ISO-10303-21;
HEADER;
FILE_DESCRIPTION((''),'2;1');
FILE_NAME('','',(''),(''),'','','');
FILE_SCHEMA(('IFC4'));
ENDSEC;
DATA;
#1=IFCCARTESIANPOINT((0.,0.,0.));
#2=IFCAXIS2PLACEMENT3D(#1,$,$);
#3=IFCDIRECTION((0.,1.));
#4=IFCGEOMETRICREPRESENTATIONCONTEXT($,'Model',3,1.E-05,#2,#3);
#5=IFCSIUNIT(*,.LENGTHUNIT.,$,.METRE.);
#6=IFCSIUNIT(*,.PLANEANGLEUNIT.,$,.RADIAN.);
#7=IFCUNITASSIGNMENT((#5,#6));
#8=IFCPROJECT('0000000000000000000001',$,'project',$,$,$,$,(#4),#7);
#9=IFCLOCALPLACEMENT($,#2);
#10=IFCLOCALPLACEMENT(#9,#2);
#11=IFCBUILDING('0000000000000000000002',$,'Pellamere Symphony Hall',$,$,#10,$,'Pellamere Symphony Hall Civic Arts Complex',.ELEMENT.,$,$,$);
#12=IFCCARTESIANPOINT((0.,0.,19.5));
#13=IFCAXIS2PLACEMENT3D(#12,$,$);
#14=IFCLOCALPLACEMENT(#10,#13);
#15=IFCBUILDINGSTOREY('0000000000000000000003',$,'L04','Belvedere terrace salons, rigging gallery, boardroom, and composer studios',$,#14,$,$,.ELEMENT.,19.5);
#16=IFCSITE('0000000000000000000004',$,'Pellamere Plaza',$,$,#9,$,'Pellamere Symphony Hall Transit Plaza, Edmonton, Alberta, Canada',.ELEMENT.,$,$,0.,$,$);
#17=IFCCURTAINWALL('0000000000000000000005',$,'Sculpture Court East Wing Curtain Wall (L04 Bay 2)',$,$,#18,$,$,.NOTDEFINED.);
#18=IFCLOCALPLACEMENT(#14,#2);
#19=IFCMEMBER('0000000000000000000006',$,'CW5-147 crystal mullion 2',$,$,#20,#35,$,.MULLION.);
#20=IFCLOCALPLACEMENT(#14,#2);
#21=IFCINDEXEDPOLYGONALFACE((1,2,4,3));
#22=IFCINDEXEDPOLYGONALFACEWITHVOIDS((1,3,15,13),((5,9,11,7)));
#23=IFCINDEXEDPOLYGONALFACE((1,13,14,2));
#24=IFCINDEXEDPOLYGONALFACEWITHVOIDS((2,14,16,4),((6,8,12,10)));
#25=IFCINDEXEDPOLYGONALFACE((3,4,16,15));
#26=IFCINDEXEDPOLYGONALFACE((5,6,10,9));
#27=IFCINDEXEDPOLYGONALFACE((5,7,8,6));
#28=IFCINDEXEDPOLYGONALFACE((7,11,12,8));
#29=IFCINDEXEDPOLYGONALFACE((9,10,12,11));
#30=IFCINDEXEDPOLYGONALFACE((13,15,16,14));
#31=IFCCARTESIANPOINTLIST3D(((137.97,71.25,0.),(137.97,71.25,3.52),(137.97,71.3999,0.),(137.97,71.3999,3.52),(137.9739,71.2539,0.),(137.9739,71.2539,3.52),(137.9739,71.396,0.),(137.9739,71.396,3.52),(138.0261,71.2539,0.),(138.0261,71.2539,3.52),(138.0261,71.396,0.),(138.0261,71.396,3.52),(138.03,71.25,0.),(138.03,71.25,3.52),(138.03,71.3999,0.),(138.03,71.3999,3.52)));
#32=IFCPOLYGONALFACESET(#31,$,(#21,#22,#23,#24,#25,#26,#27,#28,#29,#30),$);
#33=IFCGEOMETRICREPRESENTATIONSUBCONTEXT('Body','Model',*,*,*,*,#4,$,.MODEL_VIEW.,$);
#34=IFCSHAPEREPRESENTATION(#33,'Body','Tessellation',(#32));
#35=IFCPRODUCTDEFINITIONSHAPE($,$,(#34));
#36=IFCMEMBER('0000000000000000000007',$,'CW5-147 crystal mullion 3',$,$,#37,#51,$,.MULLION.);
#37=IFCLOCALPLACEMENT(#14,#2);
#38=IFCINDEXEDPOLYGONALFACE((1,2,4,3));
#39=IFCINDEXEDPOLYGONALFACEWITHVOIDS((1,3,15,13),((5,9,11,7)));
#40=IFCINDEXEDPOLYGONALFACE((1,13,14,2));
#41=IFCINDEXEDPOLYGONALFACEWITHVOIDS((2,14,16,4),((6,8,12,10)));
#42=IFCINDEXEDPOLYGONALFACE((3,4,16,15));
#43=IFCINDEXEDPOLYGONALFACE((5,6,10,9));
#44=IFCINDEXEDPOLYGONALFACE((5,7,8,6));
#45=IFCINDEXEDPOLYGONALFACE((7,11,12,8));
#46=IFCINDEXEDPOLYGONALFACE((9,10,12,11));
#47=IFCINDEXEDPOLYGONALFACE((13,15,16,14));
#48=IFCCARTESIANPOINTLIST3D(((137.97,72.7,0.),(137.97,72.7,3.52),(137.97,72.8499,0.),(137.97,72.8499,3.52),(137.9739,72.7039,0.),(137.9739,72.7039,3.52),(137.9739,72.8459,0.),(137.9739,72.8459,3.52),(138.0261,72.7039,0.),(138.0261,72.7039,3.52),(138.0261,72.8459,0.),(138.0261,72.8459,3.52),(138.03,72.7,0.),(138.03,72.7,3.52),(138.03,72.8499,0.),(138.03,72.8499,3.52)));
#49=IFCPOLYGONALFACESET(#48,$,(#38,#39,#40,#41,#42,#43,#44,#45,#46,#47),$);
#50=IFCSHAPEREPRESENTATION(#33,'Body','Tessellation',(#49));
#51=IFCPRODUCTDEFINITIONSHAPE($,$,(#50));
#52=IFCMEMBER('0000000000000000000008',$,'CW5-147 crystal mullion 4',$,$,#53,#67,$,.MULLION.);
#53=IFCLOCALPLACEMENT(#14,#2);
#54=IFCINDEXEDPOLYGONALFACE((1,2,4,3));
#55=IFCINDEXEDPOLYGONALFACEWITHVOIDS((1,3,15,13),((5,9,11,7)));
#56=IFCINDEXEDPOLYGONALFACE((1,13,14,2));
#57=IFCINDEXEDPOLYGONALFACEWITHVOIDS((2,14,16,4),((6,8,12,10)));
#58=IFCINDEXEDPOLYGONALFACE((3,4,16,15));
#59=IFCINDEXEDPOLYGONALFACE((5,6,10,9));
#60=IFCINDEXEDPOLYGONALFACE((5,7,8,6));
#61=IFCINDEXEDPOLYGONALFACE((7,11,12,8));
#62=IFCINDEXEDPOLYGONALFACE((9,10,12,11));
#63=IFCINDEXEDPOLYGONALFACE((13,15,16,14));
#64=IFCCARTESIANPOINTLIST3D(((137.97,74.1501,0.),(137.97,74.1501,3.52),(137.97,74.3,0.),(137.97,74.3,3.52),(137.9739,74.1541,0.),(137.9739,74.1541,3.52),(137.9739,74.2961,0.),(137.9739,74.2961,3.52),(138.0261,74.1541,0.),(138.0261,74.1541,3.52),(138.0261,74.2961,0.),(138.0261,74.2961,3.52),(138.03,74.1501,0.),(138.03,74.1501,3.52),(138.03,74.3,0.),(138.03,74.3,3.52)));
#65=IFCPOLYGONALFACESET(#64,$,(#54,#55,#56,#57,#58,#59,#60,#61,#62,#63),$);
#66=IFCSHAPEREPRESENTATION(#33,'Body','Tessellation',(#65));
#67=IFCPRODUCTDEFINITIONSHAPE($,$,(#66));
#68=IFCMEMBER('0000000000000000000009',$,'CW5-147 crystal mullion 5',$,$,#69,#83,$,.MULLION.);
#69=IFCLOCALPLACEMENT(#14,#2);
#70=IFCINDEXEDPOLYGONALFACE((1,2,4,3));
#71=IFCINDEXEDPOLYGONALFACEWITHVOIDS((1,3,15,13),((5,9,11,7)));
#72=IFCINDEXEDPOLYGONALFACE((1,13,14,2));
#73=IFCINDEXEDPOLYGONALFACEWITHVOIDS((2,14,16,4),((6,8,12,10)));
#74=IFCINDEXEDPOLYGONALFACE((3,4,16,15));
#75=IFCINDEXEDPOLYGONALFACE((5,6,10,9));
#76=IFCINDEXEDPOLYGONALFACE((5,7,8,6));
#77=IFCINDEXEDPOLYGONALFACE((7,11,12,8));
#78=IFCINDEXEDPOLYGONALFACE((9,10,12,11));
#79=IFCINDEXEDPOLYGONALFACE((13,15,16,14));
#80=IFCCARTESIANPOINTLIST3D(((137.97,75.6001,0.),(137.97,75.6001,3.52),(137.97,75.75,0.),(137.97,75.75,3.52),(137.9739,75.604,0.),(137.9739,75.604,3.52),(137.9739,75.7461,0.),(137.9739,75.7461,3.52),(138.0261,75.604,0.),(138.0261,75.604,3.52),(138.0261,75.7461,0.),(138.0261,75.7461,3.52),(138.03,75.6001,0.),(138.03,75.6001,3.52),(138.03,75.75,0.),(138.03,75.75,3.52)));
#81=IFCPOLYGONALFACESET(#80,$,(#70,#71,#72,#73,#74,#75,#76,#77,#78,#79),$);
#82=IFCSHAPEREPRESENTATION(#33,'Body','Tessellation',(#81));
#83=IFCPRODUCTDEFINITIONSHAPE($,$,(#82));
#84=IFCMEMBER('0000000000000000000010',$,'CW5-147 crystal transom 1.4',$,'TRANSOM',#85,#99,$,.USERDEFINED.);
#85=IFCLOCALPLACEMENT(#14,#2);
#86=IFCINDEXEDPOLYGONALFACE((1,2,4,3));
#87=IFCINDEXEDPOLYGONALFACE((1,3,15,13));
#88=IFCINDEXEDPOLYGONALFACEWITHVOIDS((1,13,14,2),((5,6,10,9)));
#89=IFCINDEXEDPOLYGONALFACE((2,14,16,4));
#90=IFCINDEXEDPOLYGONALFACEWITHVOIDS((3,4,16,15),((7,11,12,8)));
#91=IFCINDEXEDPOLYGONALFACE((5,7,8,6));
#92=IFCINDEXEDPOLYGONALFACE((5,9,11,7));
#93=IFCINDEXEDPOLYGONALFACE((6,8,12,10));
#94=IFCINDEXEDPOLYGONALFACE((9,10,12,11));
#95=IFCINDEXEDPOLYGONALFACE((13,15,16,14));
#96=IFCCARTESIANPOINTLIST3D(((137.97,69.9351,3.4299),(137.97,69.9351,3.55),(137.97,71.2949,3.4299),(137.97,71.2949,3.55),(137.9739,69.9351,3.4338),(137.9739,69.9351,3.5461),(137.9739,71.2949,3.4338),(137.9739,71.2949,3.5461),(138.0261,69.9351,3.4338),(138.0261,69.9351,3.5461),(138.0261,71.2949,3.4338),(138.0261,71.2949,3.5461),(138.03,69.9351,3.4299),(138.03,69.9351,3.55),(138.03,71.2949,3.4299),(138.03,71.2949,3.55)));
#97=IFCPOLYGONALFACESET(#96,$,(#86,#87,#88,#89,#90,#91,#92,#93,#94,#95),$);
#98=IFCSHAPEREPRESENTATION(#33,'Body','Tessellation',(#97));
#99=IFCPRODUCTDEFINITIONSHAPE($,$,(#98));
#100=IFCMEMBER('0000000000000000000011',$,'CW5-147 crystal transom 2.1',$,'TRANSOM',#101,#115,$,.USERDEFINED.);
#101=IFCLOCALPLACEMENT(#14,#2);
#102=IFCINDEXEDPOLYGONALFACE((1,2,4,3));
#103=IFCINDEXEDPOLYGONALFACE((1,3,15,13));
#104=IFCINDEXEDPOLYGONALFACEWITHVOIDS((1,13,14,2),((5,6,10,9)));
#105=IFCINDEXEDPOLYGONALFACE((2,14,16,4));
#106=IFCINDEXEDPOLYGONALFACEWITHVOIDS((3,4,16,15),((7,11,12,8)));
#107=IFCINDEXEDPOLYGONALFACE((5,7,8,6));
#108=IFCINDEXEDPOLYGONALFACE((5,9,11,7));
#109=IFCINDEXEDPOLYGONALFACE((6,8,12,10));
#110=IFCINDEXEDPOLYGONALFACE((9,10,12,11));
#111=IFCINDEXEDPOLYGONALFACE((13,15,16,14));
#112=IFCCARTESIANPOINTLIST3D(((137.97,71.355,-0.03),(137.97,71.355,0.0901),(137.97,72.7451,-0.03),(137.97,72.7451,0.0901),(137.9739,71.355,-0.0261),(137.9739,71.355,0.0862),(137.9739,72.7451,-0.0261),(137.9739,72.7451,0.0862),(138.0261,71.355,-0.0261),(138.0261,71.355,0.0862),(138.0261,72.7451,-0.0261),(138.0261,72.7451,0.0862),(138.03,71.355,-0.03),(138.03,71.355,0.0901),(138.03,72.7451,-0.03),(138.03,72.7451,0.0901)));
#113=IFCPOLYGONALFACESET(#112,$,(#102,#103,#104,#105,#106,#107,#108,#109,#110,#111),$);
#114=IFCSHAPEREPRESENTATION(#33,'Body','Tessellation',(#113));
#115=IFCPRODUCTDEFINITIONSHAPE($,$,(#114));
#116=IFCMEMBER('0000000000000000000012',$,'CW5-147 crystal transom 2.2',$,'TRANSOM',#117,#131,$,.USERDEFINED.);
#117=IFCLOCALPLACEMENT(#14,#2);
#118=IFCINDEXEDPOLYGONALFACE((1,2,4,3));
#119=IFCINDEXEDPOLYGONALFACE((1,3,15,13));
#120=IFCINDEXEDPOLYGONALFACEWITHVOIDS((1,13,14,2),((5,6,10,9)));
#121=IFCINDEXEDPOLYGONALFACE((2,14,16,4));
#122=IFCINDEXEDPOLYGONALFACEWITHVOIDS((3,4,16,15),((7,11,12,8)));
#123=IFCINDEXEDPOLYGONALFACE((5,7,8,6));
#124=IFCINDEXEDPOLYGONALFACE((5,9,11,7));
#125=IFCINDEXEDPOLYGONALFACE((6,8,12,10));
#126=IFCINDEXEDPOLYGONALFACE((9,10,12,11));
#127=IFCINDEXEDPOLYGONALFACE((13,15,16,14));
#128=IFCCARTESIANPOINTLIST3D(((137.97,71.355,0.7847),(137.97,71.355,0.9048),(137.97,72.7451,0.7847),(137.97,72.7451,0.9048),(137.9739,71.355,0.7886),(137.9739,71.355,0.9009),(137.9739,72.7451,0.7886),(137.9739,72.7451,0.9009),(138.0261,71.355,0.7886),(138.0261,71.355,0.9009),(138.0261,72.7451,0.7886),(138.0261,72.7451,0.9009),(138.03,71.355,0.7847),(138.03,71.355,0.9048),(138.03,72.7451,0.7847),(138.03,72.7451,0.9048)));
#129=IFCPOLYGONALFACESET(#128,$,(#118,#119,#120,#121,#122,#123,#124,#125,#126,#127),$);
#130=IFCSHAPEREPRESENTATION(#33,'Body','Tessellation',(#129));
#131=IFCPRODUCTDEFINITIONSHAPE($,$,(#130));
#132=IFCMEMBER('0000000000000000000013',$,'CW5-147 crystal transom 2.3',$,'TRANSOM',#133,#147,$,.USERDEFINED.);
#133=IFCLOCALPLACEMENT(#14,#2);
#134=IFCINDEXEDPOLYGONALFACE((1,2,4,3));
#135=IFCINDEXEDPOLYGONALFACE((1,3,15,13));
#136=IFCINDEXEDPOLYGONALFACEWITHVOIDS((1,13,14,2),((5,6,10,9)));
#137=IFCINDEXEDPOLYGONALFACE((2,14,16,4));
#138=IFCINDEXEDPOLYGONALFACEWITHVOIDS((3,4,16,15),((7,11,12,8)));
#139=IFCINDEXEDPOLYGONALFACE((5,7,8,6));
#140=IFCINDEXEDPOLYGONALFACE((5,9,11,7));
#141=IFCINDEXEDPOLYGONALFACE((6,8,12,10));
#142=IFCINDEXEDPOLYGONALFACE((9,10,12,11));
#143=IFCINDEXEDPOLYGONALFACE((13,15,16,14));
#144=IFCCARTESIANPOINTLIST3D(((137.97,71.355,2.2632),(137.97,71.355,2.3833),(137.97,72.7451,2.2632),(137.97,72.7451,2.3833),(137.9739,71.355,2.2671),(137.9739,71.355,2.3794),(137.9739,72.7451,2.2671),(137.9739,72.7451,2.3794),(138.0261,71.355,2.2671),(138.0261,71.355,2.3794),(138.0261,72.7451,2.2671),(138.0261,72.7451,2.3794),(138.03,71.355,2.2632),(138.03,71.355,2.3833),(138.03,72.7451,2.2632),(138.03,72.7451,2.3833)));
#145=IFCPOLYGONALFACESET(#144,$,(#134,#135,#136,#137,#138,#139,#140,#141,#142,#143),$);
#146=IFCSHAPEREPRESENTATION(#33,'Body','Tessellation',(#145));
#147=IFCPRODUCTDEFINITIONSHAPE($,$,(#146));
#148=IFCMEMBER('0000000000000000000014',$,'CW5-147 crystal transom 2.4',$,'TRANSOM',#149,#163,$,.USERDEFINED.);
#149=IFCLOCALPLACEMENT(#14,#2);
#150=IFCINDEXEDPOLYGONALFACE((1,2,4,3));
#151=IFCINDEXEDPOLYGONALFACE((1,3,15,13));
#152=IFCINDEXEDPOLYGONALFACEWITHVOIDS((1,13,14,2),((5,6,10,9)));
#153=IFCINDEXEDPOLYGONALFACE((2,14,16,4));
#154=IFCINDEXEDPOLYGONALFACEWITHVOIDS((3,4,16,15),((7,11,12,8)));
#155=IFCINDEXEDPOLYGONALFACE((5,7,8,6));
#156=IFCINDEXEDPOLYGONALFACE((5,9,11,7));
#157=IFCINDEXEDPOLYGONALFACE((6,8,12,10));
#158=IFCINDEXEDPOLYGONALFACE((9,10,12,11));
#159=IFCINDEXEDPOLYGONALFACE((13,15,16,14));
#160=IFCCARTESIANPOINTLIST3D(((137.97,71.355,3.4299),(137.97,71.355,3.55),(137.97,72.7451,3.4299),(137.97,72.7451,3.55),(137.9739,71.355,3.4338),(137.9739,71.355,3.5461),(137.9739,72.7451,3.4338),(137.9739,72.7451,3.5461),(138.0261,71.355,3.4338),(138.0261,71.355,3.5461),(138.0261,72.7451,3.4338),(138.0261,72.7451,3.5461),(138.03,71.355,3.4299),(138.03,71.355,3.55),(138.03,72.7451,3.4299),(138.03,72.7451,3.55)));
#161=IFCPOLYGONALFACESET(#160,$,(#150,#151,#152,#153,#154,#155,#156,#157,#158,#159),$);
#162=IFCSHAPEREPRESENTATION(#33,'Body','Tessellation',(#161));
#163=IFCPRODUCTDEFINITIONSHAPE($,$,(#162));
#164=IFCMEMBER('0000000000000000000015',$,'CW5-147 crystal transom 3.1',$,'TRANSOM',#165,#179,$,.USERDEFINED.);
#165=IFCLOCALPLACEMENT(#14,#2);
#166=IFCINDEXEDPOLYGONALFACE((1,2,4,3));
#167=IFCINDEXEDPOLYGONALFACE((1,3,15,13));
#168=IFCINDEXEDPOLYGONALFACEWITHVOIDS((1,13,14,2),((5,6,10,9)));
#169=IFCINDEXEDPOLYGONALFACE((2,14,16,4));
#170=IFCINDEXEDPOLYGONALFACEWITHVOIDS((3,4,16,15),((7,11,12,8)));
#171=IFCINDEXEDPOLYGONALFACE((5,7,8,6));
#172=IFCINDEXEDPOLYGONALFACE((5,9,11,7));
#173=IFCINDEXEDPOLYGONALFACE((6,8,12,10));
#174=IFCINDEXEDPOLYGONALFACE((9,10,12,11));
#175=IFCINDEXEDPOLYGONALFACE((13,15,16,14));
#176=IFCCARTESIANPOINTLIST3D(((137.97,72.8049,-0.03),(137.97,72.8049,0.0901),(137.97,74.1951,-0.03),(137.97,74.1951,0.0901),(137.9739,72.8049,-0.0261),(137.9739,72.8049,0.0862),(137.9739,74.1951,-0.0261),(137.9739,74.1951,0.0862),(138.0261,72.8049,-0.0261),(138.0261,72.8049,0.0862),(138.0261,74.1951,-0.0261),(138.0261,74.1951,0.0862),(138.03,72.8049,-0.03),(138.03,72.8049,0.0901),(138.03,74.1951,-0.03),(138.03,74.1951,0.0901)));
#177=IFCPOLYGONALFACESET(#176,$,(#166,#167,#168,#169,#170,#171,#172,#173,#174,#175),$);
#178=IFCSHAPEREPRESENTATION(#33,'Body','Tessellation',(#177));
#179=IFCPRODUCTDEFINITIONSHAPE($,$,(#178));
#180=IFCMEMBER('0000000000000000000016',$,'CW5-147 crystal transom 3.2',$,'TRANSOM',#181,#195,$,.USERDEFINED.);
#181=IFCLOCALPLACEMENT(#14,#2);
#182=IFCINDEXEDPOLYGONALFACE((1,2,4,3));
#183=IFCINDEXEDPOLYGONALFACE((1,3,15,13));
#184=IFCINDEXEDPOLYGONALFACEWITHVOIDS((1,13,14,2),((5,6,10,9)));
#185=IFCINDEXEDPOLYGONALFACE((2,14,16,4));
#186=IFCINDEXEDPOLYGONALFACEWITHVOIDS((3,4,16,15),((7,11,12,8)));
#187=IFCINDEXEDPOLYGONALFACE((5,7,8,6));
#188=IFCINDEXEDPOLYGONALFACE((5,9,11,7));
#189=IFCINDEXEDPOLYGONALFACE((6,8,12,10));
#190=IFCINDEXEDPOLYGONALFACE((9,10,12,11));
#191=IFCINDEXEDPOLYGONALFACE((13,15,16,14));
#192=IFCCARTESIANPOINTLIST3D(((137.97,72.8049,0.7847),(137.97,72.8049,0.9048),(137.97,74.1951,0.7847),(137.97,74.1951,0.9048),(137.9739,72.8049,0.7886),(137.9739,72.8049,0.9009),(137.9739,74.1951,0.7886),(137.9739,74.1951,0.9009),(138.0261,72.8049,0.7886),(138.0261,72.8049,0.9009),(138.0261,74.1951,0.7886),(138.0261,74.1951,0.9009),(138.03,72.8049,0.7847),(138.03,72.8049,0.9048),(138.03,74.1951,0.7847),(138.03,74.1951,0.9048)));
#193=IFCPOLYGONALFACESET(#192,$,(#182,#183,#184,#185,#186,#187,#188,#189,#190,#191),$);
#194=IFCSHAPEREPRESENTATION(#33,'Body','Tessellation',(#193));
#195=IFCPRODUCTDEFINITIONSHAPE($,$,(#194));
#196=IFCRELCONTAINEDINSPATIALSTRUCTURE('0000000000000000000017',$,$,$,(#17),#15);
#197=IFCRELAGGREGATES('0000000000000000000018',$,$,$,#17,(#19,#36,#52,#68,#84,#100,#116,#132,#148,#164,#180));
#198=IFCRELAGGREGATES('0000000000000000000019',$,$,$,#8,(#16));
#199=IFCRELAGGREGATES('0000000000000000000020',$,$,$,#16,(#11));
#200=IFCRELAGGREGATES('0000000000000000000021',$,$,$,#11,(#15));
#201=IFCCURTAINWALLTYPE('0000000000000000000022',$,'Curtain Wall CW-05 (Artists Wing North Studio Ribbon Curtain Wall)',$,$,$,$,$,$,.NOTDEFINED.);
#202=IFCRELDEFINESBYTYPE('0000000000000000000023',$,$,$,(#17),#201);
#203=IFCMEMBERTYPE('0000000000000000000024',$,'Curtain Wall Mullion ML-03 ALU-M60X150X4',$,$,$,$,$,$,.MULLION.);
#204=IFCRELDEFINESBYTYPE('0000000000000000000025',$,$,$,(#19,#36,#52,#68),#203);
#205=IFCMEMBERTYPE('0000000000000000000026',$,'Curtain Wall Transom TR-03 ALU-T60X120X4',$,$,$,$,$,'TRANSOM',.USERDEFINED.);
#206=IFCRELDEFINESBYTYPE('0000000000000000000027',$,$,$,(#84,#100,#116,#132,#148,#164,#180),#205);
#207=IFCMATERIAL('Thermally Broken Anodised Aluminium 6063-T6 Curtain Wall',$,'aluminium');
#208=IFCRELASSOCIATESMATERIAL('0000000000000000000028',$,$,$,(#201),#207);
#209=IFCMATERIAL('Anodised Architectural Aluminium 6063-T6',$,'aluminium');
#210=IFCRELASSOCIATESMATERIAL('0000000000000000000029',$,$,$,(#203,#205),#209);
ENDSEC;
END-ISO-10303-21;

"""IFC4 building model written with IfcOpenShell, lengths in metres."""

from ifc_helpers import new_model, si_unit, direction, frame, origin, origin_2d, place, context, subcontext, project, spatial, hollow_rectangle, extrude, material, material_profile, profile_set, type_object, element, aggregate, save


model = new_model("IFC4")

# Units and contexts
model_context = context("Model", 3, precision=1e-05, world=origin(), true_north=direction((0.0, 1.0)))
body_context = subcontext(model_context, "Body", "Model", "MODEL_VIEW")
ifc_project = project(units=[si_unit("LENGTHUNIT", "METRE"), si_unit("PLANEANGLEUNIT", "RADIAN")], contexts=[model_context])

# Site, building, storey
site_placement = place(None, origin())
site = spatial("IfcSite", under=ifc_project, at=site_placement, Name="Pellamere Plaza", LongName="Pellamere Symphony Hall Transit Plaza, Edmonton, Alberta, Canada", CompositionType="ELEMENT", RefElevation=0.0)
building_placement = place(site_placement, origin())
building = spatial("IfcBuilding", under=site, at=building_placement, Name="Pellamere Symphony Hall", LongName="Pellamere Symphony Hall Civic Arts Complex", CompositionType="ELEMENT")
storey_placement = place(building_placement, frame((0.0, 0.0, 19.5)))
storey = spatial("IfcBuildingStorey", under=building, at=storey_placement, Name="L04", Description="Belvedere terrace salons, rigging gallery, boardroom, and composer studios", CompositionType="ELEMENT", Elevation=19.5)

# Curtain wall, members
ifc_material_1 = material(Name="Thermally Broken Anodised Aluminium 6063-T6 Curtain Wall", Category="aluminium")
curtain_wall_type = type_object("IfcCurtainWallType", Name="Curtain Wall CW-05 (Artists Wing North Studio Ribbon Curtain Wall)", PredefinedType="NOTDEFINED", material=ifc_material_1)
curtain_wall_placement = place(storey_placement, origin())
curtain_wall = element("IfcCurtainWall", 1, at=curtain_wall_placement, inside=storey, type_object=curtain_wall_type, Name="Sculpture Court East Wing Curtain Wall (L04 Bay 2)", PredefinedType="NOTDEFINED")
ifc_material_2 = material(Name="Anodised Architectural Aluminium 6063-T6", Category="aluminium")
ifc_material_profile_1 = material_profile(ifc_material_2, hollow_rectangle(XDim=0.0601, YDim=0.1499, WallThickness=0.0039, at=origin_2d()), Name="ALU-M60X150X4")
ifc_profile_set_1 = profile_set([ifc_material_profile_1], Name="Anodised Architectural Aluminium 6063-T6")
member_type_1 = type_object("IfcMemberType", Name="Curtain Wall Mullion ML-03 ALU-M60X150X4", PredefinedType="MULLION", material=ifc_profile_set_1)
member_1_placement = place(storey_placement, frame((138.0, 71.325, 0.0), z_axis=(0.0, 0.0, 1.0), x_axis=(-1.0, 0.0, 0.0)))
member_1 = element("IfcMember", 2, at=member_1_placement, type_object=member_type_1, Name="CW5-147 crystal mullion 2", PredefinedType="MULLION", context=body_context, shape_type="SweptSolid", body=[
    extrude(hollow_rectangle(XDim=0.0601, YDim=0.1499, WallThickness=0.0039, at=origin_2d()), origin(), (0.0, 0.0, 1.0), 3.52),
])
member_2_placement = place(storey_placement, frame((138.0, 72.7749, 0.0), z_axis=(0.0, 0.0, 1.0), x_axis=(-1.0, 0.0, 0.0)))
member_2 = element("IfcMember", 3, at=member_2_placement, type_object=member_type_1, Name="CW5-147 crystal mullion 3", PredefinedType="MULLION", context=body_context, shape_type="SweptSolid", body=[
    extrude(hollow_rectangle(XDim=0.0601, YDim=0.1499, WallThickness=0.0039, at=origin_2d()), origin(), (0.0, 0.0, 1.0), 3.52),
])
member_3_placement = place(storey_placement, frame((138.0, 74.2251, 0.0), z_axis=(0.0, 0.0, 1.0), x_axis=(-1.0, 0.0, 0.0)))
member_3 = element("IfcMember", 4, at=member_3_placement, type_object=member_type_1, Name="CW5-147 crystal mullion 4", PredefinedType="MULLION", context=body_context, shape_type="SweptSolid", body=[
    extrude(hollow_rectangle(XDim=0.0601, YDim=0.1499, WallThickness=0.0039, at=origin_2d()), origin(), (0.0, 0.0, 1.0), 3.52),
])
member_4_placement = place(storey_placement, frame((138.0, 75.675, 0.0), z_axis=(0.0, 0.0, 1.0), x_axis=(-1.0, 0.0, 0.0)))
member_4 = element("IfcMember", 5, at=member_4_placement, type_object=member_type_1, Name="CW5-147 crystal mullion 5", PredefinedType="MULLION", context=body_context, shape_type="SweptSolid", body=[
    extrude(hollow_rectangle(XDim=0.0601, YDim=0.1499, WallThickness=0.0039, at=origin_2d()), origin(), (0.0, 0.0, 1.0), 3.52),
])
ifc_material_profile_2 = material_profile(ifc_material_2, hollow_rectangle(XDim=0.0601, YDim=0.1201, WallThickness=0.0039, at=origin_2d()), Name="ALU-T60X120X4")
ifc_profile_set_2 = profile_set([ifc_material_profile_2], Name="Anodised Architectural Aluminium 6063-T6")
member_type_2 = type_object("IfcMemberType", Name="Curtain Wall Transom TR-03 ALU-T60X120X4", ElementType="TRANSOM", PredefinedType="USERDEFINED", material=ifc_profile_set_2)
member_5_placement = place(storey_placement, frame((138.0, 69.9351, 3.49), z_axis=(0.0, 1.0, 0.0), x_axis=(-1.0, 0.0, 0.0)))
member_5 = element("IfcMember", 6, at=member_5_placement, type_object=member_type_2, Name="CW5-147 crystal transom 1.4", ObjectType="TRANSOM", PredefinedType="USERDEFINED", context=body_context, shape_type="SweptSolid", body=[
    extrude(hollow_rectangle(XDim=0.0601, YDim=0.1201, WallThickness=0.0039, at=origin_2d()), origin(), (0.0, 0.0, 1.0), 1.3599),
])
member_6_placement = place(storey_placement, frame((138.0, 71.355, 0.03), z_axis=(0.0, 1.0, 0.0), x_axis=(-1.0, 0.0, 0.0)))
member_6 = element("IfcMember", 7, at=member_6_placement, type_object=member_type_2, Name="CW5-147 crystal transom 2.1", ObjectType="TRANSOM", PredefinedType="USERDEFINED", context=body_context, shape_type="SweptSolid", body=[
    extrude(hollow_rectangle(XDim=0.0601, YDim=0.1201, WallThickness=0.0039, at=origin_2d()), origin(), (0.0, 0.0, 1.0), 1.3901),
])
member_7_placement = place(storey_placement, frame((138.0, 71.355, 0.8447), z_axis=(0.0, 1.0, 0.0), x_axis=(-1.0, 0.0, 0.0)))
member_7 = element("IfcMember", 8, at=member_7_placement, type_object=member_type_2, Name="CW5-147 crystal transom 2.2", ObjectType="TRANSOM", PredefinedType="USERDEFINED", context=body_context, shape_type="SweptSolid", body=[
    extrude(hollow_rectangle(XDim=0.0601, YDim=0.1201, WallThickness=0.0039, at=origin_2d()), origin(), (0.0, 0.0, 1.0), 1.3901),
])
member_8_placement = place(storey_placement, frame((138.0, 71.355, 2.3232), z_axis=(0.0, 1.0, 0.0), x_axis=(-1.0, 0.0, 0.0)))
member_8 = element("IfcMember", 9, at=member_8_placement, type_object=member_type_2, Name="CW5-147 crystal transom 2.3", ObjectType="TRANSOM", PredefinedType="USERDEFINED", context=body_context, shape_type="SweptSolid", body=[
    extrude(hollow_rectangle(XDim=0.0601, YDim=0.1201, WallThickness=0.0039, at=origin_2d()), origin(), (0.0, 0.0, 1.0), 1.3901),
])
member_9_placement = place(storey_placement, frame((138.0, 71.355, 3.49), z_axis=(0.0, 1.0, 0.0), x_axis=(-1.0, 0.0, 0.0)))
member_9 = element("IfcMember", 10, at=member_9_placement, type_object=member_type_2, Name="CW5-147 crystal transom 2.4", ObjectType="TRANSOM", PredefinedType="USERDEFINED", context=body_context, shape_type="SweptSolid", body=[
    extrude(hollow_rectangle(XDim=0.0601, YDim=0.1201, WallThickness=0.0039, at=origin_2d()), origin(), (0.0, 0.0, 1.0), 1.3901),
])
member_10_placement = place(storey_placement, frame((138.0, 72.8049, 0.03), z_axis=(0.0, 1.0, 0.0), x_axis=(-1.0, 0.0, 0.0)))
member_10 = element("IfcMember", 11, at=member_10_placement, type_object=member_type_2, Name="CW5-147 crystal transom 3.1", ObjectType="TRANSOM", PredefinedType="USERDEFINED", context=body_context, shape_type="SweptSolid", body=[
    extrude(hollow_rectangle(XDim=0.0601, YDim=0.1201, WallThickness=0.0039, at=origin_2d()), origin(), (0.0, 0.0, 1.0), 1.3901),
])
member_11_placement = place(storey_placement, frame((138.0, 72.8049, 0.8447), z_axis=(0.0, 1.0, 0.0), x_axis=(-1.0, 0.0, 0.0)))
member_11 = element("IfcMember", 12, at=member_11_placement, type_object=member_type_2, Name="CW5-147 crystal transom 3.2", ObjectType="TRANSOM", PredefinedType="USERDEFINED", context=body_context, shape_type="SweptSolid", body=[
    extrude(hollow_rectangle(XDim=0.0601, YDim=0.1201, WallThickness=0.0039, at=origin_2d()), origin(), (0.0, 0.0, 1.0), 1.3901),
])
aggregate(curtain_wall, [member_1, member_2, member_3, member_4, member_5, member_6, member_7, member_8, member_9, member_10, member_11])

save(model, "model.ifc")
